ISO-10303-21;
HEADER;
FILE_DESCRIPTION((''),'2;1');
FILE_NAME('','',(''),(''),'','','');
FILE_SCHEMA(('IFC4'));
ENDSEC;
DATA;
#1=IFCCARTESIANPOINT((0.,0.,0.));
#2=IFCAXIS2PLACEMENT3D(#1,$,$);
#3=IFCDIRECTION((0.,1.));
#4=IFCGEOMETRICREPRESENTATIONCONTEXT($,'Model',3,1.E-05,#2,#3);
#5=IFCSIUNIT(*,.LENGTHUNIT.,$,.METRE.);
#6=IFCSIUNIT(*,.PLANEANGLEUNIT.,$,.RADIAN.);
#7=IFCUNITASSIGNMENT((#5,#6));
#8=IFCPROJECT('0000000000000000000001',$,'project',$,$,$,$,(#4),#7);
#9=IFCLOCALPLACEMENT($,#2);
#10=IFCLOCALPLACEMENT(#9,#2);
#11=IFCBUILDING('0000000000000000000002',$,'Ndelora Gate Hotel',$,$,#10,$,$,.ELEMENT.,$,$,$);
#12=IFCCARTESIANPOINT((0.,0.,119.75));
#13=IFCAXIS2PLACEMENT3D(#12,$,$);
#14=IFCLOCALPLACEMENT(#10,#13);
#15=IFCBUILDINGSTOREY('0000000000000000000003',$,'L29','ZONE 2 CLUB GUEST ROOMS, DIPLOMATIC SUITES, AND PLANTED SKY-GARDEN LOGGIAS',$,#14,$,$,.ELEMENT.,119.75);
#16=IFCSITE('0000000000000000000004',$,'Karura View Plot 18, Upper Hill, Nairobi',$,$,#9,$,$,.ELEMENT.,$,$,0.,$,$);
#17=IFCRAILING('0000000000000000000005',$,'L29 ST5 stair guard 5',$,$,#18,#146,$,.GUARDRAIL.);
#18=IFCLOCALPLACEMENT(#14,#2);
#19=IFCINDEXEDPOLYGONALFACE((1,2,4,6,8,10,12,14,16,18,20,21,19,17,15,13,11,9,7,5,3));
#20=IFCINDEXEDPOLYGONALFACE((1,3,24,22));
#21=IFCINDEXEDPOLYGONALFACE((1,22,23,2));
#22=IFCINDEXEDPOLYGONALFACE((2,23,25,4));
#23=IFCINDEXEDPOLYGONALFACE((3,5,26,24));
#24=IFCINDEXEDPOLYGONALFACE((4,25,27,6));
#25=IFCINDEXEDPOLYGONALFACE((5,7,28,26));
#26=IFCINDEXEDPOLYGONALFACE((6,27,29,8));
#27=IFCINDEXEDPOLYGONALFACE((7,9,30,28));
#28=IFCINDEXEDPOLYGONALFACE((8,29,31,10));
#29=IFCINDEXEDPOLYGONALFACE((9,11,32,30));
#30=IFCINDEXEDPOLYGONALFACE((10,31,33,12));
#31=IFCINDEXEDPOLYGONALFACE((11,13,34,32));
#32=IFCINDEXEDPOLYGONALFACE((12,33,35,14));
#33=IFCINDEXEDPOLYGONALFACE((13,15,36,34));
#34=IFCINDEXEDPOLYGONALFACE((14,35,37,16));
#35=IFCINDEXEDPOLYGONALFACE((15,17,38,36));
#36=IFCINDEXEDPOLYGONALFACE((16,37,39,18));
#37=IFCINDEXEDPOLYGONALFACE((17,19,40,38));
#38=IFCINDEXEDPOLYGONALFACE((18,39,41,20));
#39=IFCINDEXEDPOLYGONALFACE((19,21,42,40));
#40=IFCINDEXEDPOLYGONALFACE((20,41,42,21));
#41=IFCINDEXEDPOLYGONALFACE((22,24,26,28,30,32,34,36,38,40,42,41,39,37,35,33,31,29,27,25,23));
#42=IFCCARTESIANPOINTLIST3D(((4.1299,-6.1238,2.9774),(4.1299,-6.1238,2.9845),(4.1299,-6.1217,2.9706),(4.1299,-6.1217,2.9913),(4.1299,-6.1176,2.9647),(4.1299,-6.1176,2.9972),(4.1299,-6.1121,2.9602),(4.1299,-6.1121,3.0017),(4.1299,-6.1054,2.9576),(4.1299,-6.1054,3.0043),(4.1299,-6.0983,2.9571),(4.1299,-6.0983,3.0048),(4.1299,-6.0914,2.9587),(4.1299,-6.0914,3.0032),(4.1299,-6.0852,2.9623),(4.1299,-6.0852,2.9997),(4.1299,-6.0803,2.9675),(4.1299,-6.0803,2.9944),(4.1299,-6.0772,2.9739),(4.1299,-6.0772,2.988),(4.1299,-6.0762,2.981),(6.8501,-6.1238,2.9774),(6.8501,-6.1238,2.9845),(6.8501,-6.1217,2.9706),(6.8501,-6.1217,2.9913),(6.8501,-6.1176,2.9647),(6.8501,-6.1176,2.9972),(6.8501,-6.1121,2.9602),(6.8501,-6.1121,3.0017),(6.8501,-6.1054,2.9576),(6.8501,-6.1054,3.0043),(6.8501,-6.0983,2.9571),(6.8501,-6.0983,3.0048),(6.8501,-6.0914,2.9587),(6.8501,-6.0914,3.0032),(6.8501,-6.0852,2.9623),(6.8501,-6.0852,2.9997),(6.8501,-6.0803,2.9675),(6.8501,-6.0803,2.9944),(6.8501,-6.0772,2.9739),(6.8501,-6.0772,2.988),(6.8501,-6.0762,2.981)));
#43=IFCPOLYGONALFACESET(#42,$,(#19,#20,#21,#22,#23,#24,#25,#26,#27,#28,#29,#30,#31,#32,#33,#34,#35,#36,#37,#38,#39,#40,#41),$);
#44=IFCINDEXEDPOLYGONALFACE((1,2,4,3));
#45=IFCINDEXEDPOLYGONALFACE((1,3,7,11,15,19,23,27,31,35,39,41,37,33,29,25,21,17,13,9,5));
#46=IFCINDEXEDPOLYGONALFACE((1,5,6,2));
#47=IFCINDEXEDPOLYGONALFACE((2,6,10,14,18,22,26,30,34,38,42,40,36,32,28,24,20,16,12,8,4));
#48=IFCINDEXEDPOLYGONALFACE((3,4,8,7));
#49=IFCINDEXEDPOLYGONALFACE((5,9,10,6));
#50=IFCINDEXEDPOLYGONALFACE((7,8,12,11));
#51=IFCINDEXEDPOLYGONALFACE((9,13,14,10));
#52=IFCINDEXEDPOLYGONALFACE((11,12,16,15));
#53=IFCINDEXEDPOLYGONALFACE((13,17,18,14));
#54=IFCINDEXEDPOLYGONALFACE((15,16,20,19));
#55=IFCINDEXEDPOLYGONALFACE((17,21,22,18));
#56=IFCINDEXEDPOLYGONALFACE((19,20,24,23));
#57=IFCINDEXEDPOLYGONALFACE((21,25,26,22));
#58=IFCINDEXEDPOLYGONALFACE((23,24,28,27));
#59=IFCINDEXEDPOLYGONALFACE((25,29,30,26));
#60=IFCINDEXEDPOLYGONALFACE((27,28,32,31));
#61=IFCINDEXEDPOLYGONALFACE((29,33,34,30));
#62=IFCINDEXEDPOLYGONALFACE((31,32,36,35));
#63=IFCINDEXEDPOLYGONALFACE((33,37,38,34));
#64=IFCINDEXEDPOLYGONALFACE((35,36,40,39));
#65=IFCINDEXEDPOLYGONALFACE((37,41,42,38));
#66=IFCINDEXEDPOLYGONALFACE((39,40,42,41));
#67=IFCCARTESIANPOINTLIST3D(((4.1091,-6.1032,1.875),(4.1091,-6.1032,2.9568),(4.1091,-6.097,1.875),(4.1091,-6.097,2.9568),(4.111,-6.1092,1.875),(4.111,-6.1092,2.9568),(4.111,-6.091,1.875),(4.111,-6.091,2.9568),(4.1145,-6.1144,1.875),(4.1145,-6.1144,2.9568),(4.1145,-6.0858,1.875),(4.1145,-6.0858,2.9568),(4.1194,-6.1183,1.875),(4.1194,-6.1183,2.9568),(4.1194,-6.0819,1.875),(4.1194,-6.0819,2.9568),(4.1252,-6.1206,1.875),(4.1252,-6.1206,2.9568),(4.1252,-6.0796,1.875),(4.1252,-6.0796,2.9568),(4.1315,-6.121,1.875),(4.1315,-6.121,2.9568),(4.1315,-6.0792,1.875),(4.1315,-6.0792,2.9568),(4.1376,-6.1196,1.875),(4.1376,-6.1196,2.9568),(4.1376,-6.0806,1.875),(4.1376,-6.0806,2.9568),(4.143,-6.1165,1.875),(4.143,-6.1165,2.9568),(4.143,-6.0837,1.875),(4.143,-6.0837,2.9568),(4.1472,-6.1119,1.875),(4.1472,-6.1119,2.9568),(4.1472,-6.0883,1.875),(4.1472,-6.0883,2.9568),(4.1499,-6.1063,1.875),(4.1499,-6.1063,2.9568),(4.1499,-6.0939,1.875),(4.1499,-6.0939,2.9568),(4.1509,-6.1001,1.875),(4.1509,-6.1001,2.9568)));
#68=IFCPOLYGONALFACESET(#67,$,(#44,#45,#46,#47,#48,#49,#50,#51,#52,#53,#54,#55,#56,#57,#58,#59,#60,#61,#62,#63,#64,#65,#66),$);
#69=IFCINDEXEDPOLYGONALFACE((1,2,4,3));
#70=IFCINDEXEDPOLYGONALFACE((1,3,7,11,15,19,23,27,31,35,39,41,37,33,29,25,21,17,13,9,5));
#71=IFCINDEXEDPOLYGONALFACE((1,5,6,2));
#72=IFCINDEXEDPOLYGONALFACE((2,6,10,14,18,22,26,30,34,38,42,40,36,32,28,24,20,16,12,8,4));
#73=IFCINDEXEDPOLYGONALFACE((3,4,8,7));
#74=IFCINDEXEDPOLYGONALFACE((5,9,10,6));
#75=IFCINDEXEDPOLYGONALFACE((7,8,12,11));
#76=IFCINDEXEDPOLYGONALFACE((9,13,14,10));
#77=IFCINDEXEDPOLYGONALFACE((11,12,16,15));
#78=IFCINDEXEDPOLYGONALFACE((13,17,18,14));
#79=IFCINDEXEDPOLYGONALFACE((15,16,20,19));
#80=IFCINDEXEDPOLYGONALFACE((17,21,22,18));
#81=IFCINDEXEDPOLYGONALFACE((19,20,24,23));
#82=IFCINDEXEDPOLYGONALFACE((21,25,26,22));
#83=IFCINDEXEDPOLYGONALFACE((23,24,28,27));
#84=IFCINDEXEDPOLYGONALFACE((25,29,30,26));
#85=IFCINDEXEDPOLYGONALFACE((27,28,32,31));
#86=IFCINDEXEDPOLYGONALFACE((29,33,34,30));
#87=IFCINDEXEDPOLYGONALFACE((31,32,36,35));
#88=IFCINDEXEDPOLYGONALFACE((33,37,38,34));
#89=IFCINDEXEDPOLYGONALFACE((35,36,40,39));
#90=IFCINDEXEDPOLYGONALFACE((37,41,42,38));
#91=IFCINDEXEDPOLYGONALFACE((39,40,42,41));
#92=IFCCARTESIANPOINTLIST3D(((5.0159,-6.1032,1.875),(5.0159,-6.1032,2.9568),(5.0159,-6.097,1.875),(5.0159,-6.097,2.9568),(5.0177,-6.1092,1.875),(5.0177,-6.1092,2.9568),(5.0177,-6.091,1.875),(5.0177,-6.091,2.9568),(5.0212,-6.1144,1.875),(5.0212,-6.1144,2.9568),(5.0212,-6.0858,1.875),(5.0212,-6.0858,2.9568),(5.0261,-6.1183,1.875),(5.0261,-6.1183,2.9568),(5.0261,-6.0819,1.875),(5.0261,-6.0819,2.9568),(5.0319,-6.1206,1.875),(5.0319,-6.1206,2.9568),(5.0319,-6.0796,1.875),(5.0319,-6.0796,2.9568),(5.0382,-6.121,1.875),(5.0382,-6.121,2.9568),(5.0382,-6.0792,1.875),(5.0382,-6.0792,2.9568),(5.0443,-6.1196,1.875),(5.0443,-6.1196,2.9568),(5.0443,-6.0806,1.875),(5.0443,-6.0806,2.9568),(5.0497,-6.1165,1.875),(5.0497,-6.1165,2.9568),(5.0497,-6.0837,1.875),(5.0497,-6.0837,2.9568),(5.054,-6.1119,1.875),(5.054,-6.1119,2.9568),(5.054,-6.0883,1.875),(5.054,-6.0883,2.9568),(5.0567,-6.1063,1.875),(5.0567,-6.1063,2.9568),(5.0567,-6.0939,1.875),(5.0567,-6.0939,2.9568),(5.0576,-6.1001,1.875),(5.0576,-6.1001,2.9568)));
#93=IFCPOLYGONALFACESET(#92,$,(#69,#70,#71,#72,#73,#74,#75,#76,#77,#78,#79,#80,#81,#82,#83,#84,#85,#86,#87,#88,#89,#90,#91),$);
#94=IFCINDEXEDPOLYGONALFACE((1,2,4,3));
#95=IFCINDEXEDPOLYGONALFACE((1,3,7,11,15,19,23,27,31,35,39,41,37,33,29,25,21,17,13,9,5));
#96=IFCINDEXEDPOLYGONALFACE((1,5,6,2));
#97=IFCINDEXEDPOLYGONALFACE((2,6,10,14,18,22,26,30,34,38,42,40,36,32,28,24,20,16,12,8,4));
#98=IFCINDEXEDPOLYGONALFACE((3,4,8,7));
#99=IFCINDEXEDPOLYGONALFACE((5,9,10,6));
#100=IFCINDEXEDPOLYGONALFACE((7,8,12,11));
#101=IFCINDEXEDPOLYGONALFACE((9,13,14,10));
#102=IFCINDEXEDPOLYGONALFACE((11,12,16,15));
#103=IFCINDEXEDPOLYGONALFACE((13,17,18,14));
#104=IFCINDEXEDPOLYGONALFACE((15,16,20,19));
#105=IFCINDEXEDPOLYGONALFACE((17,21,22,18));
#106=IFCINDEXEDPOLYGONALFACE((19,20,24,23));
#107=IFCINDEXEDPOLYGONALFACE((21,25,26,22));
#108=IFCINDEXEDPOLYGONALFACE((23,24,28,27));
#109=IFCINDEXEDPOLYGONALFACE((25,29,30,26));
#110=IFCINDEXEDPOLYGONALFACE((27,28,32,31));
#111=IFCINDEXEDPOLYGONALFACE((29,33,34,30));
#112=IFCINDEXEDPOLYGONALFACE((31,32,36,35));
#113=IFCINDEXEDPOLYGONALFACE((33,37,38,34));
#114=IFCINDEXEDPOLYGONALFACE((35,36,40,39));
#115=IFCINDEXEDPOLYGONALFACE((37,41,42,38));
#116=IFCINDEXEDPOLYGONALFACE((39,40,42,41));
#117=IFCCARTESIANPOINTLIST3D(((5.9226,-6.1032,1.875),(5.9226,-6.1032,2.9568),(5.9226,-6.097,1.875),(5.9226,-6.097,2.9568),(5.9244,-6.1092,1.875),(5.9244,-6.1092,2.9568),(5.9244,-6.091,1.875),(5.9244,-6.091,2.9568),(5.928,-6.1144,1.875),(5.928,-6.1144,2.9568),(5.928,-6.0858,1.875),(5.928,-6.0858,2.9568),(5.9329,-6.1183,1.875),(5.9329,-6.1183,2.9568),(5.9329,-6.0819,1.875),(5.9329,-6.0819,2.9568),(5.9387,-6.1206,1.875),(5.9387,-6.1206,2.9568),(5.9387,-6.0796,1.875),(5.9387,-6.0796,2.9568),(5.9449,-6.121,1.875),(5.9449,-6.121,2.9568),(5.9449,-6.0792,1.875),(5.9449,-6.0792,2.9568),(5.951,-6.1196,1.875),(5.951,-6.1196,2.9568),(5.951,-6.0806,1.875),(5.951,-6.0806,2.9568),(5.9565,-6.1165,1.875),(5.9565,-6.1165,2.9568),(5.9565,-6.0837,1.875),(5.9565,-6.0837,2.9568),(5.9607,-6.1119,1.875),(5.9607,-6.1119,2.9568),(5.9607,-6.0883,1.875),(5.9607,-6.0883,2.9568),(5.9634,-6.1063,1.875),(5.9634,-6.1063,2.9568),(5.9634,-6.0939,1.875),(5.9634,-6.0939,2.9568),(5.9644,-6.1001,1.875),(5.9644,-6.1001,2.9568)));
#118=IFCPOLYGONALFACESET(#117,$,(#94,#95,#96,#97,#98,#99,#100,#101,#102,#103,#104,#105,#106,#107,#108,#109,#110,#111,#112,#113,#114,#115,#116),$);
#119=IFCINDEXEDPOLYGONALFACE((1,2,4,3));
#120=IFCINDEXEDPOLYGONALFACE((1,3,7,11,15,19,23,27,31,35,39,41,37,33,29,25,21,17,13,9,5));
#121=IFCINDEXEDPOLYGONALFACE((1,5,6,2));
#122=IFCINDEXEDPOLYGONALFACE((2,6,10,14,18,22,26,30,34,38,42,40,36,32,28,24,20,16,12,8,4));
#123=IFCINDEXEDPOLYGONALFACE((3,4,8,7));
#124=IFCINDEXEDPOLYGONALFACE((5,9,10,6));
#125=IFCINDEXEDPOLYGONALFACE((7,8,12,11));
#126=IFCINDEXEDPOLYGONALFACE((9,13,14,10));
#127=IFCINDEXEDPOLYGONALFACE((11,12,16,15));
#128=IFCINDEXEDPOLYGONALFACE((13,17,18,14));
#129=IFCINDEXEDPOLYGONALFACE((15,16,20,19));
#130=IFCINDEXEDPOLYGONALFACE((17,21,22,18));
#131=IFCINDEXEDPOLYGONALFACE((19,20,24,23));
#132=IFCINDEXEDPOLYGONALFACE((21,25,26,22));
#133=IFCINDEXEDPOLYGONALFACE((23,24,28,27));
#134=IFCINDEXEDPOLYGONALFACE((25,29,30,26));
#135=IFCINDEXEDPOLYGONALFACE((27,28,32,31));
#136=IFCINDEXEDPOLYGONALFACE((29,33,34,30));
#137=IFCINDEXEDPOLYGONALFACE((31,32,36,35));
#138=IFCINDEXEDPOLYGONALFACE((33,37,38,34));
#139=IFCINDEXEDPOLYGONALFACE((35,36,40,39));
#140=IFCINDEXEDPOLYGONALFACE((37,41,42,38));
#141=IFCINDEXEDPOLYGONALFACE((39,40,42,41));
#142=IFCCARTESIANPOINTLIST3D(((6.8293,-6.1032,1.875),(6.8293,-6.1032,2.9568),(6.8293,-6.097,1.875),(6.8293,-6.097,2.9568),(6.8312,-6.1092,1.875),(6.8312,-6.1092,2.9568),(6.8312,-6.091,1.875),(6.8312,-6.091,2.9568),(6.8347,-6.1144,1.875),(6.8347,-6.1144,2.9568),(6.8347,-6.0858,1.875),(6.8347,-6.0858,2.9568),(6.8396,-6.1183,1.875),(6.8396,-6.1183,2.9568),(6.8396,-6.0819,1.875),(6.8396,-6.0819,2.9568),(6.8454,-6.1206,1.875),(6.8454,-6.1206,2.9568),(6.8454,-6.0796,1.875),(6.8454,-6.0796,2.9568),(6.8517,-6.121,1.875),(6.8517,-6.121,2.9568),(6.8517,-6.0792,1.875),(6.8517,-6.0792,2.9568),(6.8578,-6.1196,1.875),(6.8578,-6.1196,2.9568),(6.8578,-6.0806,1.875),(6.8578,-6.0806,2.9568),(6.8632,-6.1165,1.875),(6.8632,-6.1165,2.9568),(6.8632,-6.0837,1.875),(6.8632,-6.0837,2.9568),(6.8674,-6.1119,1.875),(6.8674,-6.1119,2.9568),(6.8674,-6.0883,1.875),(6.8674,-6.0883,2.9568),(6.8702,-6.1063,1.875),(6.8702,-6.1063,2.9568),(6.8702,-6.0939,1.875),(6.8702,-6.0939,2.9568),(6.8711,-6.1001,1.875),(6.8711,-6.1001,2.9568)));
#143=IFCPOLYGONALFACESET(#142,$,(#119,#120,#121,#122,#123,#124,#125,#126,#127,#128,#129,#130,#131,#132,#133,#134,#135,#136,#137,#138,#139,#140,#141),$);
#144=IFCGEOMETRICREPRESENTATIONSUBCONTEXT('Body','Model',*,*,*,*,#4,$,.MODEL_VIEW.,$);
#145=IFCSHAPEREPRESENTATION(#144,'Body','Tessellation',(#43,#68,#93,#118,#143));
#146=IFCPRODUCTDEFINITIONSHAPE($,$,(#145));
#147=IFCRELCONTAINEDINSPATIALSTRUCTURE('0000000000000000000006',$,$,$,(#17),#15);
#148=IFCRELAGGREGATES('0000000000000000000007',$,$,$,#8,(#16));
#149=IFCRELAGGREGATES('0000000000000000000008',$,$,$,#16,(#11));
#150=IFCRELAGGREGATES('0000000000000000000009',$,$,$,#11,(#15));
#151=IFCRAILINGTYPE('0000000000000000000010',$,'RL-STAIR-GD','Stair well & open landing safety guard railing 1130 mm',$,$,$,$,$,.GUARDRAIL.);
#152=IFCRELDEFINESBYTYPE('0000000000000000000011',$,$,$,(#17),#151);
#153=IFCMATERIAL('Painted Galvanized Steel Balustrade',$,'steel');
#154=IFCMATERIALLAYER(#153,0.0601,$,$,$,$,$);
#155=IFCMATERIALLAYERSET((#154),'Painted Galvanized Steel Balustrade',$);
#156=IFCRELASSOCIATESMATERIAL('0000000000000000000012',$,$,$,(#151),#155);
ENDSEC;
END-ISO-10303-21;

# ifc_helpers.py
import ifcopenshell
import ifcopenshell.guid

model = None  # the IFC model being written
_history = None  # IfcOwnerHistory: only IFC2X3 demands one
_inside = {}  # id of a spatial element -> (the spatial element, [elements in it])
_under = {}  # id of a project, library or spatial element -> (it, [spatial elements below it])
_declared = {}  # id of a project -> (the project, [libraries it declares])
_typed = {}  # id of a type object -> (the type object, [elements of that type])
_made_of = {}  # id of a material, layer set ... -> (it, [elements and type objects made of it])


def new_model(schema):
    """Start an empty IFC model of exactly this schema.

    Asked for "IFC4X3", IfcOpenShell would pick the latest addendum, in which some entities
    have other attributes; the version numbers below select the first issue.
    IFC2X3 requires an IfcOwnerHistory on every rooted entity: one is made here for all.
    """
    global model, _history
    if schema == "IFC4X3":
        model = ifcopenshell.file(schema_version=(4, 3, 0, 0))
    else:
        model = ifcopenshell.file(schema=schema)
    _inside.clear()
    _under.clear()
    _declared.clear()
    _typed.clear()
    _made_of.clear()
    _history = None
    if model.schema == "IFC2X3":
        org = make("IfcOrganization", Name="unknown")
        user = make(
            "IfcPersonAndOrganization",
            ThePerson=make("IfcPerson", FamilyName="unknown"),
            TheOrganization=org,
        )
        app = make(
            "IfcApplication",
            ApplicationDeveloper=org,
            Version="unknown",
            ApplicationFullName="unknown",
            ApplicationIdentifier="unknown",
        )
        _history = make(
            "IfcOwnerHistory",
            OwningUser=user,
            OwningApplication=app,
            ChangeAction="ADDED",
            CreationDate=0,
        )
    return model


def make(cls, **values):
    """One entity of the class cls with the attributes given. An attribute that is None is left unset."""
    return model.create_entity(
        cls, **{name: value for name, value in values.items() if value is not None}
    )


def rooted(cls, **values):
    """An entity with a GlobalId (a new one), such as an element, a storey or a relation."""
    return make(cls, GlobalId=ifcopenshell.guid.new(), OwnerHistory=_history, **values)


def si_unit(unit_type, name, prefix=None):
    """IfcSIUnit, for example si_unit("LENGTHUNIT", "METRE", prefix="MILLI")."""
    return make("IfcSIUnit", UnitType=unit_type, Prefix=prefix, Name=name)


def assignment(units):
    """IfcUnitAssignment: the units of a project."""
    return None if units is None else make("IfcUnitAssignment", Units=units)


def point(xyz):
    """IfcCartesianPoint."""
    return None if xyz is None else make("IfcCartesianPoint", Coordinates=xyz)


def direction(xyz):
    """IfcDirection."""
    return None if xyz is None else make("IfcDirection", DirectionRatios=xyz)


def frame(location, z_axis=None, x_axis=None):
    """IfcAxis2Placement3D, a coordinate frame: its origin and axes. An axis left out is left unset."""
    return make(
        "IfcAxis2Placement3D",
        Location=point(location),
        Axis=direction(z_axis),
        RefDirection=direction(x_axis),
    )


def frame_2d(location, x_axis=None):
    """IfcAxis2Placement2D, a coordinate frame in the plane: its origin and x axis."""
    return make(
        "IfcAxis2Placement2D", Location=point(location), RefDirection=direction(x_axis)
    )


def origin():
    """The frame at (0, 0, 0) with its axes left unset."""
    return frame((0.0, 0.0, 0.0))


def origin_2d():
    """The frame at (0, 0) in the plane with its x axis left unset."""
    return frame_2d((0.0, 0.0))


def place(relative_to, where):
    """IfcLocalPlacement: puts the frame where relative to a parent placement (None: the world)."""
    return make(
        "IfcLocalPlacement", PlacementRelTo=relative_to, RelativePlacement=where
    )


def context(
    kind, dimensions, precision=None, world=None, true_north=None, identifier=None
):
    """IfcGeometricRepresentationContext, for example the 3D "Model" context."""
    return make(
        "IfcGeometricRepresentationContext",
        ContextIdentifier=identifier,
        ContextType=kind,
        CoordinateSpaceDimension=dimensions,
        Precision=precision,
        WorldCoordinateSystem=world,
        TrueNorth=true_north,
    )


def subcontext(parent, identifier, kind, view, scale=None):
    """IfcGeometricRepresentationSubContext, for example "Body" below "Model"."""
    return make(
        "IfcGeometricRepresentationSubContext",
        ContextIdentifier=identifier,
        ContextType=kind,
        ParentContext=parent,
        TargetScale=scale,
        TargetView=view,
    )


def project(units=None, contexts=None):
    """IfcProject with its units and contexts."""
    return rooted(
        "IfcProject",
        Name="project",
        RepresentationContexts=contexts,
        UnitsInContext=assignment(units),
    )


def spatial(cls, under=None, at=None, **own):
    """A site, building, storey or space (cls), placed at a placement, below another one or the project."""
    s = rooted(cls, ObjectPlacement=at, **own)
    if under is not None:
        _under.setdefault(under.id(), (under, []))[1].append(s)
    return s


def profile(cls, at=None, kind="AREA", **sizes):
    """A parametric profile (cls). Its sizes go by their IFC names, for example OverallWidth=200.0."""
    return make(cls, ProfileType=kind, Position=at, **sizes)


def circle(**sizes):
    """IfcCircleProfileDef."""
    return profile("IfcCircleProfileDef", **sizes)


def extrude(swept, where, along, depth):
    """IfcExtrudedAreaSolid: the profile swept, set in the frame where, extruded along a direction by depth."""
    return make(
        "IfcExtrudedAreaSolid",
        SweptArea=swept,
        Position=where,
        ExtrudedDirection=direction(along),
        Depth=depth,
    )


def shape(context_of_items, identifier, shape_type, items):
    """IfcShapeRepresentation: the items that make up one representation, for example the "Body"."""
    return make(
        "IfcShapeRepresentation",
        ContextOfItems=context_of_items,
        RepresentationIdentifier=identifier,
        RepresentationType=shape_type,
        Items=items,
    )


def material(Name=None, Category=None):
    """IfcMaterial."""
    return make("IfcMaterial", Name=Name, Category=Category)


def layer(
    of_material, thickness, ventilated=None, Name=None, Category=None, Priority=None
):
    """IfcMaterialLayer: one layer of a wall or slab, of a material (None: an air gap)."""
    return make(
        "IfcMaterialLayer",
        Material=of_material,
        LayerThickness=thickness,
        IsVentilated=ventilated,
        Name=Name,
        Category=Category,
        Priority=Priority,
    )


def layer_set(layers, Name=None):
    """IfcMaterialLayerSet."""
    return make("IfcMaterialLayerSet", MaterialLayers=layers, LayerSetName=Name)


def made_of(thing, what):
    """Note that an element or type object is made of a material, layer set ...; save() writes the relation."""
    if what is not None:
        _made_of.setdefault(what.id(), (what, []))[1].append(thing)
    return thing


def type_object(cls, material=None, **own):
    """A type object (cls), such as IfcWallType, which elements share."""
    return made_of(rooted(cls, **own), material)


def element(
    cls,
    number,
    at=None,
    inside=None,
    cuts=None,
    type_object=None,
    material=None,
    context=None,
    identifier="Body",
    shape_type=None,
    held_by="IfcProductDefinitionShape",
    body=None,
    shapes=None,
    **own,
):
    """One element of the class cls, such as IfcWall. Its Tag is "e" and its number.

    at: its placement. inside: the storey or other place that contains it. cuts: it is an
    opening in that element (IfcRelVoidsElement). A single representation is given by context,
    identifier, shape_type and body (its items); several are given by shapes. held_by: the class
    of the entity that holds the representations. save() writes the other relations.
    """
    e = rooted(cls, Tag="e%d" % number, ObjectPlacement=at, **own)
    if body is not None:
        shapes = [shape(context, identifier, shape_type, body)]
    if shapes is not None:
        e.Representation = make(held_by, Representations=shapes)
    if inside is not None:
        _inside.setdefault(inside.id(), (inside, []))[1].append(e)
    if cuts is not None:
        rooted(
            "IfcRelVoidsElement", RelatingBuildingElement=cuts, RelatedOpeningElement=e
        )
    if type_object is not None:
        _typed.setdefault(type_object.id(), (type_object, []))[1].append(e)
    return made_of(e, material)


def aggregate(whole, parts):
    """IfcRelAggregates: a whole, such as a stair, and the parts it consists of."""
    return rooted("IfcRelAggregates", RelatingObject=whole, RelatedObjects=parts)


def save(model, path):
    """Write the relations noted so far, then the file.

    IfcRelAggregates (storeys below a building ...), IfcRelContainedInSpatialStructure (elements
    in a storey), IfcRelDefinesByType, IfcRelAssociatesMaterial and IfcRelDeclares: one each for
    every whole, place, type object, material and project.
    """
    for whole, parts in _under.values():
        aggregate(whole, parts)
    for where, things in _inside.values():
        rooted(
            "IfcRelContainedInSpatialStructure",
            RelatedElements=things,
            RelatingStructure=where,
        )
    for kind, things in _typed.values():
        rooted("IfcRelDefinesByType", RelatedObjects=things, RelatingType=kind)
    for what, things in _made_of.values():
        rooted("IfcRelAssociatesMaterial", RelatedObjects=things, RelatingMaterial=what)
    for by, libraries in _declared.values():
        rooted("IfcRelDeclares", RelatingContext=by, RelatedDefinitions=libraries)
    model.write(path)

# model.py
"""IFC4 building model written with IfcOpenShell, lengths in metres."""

from ifc_helpers import new_model, si_unit, direction, frame, origin, origin_2d, place, context, subcontext, project, spatial, circle, extrude, material, layer, layer_set, type_object, element, save


model = new_model("IFC4")

# Units and contexts
model_context = context("Model", 3, precision=1e-05, world=origin(), true_north=direction((0.0, 1.0)))
body_context = subcontext(model_context, "Body", "Model", "MODEL_VIEW")
ifc_project = project(units=[si_unit("LENGTHUNIT", "METRE"), si_unit("PLANEANGLEUNIT", "RADIAN")], contexts=[model_context])

# Site, building, storey
site_placement = place(None, origin())
site = spatial("IfcSite", under=ifc_project, at=site_placement, Name="Karura View Plot 18, Upper Hill, Nairobi", CompositionType="ELEMENT", RefElevation=0.0)
building_placement = place(site_placement, origin())
building = spatial("IfcBuilding", under=site, at=building_placement, Name="Ndelora Gate Hotel", CompositionType="ELEMENT")
storey_placement = place(building_placement, frame((0.0, 0.0, 119.75)))
storey = spatial("IfcBuildingStorey", under=building, at=storey_placement, Name="L29", Description="ZONE 2 CLUB GUEST ROOMS, DIPLOMATIC SUITES, AND PLANTED SKY-GARDEN LOGGIAS", CompositionType="ELEMENT", Elevation=119.75)

# Railing
ifc_material_1 = material(Name="Painted Galvanized Steel Balustrade", Category="steel")
ifc_layer_1 = layer(ifc_material_1, 0.0601)
ifc_layer_set_1 = layer_set([ifc_layer_1], Name="Painted Galvanized Steel Balustrade")
railing_type_1 = type_object("IfcRailingType", Name="RL-STAIR-GD", Description="Stair well & open landing safety guard railing 1130 mm", PredefinedType="GUARDRAIL", material=ifc_layer_set_1)
railing_1_placement = place(storey_placement, frame((4.1299, -6.1001, 1.875)))
element("IfcRailing", 1, at=railing_1_placement, inside=storey, type_object=railing_type_1, Name="L29 ST5 stair guard 5", PredefinedType="GUARDRAIL", context=body_context, shape_type="SweptSolid", body=[
    extrude(circle(Radius=0.0239, at=origin_2d()), frame((0.0, 0.0, 1.106), z_axis=(1.0, 0.0, 0.0), x_axis=(0.0, 1.0, 0.0)), (0.0, 0.0, 1.0), 2.7202),
    extrude(circle(Radius=0.021, at=origin_2d()), origin(), (0.0, 0.0, 1.0), 1.0818),
    extrude(circle(Radius=0.021, at=origin_2d()), frame((0.9067, 0.0, 0.0)), (0.0, 0.0, 1.0), 1.0818),
    extrude(circle(Radius=0.021, at=origin_2d()), frame((1.8135, 0.0, 0.0)), (0.0, 0.0, 1.0), 1.0818),
    extrude(circle(Radius=0.021, at=origin_2d()), frame((2.7202, 0.0, 0.0)), (0.0, 0.0, 1.0), 1.0818),
])

save(model, "model.ifc")
